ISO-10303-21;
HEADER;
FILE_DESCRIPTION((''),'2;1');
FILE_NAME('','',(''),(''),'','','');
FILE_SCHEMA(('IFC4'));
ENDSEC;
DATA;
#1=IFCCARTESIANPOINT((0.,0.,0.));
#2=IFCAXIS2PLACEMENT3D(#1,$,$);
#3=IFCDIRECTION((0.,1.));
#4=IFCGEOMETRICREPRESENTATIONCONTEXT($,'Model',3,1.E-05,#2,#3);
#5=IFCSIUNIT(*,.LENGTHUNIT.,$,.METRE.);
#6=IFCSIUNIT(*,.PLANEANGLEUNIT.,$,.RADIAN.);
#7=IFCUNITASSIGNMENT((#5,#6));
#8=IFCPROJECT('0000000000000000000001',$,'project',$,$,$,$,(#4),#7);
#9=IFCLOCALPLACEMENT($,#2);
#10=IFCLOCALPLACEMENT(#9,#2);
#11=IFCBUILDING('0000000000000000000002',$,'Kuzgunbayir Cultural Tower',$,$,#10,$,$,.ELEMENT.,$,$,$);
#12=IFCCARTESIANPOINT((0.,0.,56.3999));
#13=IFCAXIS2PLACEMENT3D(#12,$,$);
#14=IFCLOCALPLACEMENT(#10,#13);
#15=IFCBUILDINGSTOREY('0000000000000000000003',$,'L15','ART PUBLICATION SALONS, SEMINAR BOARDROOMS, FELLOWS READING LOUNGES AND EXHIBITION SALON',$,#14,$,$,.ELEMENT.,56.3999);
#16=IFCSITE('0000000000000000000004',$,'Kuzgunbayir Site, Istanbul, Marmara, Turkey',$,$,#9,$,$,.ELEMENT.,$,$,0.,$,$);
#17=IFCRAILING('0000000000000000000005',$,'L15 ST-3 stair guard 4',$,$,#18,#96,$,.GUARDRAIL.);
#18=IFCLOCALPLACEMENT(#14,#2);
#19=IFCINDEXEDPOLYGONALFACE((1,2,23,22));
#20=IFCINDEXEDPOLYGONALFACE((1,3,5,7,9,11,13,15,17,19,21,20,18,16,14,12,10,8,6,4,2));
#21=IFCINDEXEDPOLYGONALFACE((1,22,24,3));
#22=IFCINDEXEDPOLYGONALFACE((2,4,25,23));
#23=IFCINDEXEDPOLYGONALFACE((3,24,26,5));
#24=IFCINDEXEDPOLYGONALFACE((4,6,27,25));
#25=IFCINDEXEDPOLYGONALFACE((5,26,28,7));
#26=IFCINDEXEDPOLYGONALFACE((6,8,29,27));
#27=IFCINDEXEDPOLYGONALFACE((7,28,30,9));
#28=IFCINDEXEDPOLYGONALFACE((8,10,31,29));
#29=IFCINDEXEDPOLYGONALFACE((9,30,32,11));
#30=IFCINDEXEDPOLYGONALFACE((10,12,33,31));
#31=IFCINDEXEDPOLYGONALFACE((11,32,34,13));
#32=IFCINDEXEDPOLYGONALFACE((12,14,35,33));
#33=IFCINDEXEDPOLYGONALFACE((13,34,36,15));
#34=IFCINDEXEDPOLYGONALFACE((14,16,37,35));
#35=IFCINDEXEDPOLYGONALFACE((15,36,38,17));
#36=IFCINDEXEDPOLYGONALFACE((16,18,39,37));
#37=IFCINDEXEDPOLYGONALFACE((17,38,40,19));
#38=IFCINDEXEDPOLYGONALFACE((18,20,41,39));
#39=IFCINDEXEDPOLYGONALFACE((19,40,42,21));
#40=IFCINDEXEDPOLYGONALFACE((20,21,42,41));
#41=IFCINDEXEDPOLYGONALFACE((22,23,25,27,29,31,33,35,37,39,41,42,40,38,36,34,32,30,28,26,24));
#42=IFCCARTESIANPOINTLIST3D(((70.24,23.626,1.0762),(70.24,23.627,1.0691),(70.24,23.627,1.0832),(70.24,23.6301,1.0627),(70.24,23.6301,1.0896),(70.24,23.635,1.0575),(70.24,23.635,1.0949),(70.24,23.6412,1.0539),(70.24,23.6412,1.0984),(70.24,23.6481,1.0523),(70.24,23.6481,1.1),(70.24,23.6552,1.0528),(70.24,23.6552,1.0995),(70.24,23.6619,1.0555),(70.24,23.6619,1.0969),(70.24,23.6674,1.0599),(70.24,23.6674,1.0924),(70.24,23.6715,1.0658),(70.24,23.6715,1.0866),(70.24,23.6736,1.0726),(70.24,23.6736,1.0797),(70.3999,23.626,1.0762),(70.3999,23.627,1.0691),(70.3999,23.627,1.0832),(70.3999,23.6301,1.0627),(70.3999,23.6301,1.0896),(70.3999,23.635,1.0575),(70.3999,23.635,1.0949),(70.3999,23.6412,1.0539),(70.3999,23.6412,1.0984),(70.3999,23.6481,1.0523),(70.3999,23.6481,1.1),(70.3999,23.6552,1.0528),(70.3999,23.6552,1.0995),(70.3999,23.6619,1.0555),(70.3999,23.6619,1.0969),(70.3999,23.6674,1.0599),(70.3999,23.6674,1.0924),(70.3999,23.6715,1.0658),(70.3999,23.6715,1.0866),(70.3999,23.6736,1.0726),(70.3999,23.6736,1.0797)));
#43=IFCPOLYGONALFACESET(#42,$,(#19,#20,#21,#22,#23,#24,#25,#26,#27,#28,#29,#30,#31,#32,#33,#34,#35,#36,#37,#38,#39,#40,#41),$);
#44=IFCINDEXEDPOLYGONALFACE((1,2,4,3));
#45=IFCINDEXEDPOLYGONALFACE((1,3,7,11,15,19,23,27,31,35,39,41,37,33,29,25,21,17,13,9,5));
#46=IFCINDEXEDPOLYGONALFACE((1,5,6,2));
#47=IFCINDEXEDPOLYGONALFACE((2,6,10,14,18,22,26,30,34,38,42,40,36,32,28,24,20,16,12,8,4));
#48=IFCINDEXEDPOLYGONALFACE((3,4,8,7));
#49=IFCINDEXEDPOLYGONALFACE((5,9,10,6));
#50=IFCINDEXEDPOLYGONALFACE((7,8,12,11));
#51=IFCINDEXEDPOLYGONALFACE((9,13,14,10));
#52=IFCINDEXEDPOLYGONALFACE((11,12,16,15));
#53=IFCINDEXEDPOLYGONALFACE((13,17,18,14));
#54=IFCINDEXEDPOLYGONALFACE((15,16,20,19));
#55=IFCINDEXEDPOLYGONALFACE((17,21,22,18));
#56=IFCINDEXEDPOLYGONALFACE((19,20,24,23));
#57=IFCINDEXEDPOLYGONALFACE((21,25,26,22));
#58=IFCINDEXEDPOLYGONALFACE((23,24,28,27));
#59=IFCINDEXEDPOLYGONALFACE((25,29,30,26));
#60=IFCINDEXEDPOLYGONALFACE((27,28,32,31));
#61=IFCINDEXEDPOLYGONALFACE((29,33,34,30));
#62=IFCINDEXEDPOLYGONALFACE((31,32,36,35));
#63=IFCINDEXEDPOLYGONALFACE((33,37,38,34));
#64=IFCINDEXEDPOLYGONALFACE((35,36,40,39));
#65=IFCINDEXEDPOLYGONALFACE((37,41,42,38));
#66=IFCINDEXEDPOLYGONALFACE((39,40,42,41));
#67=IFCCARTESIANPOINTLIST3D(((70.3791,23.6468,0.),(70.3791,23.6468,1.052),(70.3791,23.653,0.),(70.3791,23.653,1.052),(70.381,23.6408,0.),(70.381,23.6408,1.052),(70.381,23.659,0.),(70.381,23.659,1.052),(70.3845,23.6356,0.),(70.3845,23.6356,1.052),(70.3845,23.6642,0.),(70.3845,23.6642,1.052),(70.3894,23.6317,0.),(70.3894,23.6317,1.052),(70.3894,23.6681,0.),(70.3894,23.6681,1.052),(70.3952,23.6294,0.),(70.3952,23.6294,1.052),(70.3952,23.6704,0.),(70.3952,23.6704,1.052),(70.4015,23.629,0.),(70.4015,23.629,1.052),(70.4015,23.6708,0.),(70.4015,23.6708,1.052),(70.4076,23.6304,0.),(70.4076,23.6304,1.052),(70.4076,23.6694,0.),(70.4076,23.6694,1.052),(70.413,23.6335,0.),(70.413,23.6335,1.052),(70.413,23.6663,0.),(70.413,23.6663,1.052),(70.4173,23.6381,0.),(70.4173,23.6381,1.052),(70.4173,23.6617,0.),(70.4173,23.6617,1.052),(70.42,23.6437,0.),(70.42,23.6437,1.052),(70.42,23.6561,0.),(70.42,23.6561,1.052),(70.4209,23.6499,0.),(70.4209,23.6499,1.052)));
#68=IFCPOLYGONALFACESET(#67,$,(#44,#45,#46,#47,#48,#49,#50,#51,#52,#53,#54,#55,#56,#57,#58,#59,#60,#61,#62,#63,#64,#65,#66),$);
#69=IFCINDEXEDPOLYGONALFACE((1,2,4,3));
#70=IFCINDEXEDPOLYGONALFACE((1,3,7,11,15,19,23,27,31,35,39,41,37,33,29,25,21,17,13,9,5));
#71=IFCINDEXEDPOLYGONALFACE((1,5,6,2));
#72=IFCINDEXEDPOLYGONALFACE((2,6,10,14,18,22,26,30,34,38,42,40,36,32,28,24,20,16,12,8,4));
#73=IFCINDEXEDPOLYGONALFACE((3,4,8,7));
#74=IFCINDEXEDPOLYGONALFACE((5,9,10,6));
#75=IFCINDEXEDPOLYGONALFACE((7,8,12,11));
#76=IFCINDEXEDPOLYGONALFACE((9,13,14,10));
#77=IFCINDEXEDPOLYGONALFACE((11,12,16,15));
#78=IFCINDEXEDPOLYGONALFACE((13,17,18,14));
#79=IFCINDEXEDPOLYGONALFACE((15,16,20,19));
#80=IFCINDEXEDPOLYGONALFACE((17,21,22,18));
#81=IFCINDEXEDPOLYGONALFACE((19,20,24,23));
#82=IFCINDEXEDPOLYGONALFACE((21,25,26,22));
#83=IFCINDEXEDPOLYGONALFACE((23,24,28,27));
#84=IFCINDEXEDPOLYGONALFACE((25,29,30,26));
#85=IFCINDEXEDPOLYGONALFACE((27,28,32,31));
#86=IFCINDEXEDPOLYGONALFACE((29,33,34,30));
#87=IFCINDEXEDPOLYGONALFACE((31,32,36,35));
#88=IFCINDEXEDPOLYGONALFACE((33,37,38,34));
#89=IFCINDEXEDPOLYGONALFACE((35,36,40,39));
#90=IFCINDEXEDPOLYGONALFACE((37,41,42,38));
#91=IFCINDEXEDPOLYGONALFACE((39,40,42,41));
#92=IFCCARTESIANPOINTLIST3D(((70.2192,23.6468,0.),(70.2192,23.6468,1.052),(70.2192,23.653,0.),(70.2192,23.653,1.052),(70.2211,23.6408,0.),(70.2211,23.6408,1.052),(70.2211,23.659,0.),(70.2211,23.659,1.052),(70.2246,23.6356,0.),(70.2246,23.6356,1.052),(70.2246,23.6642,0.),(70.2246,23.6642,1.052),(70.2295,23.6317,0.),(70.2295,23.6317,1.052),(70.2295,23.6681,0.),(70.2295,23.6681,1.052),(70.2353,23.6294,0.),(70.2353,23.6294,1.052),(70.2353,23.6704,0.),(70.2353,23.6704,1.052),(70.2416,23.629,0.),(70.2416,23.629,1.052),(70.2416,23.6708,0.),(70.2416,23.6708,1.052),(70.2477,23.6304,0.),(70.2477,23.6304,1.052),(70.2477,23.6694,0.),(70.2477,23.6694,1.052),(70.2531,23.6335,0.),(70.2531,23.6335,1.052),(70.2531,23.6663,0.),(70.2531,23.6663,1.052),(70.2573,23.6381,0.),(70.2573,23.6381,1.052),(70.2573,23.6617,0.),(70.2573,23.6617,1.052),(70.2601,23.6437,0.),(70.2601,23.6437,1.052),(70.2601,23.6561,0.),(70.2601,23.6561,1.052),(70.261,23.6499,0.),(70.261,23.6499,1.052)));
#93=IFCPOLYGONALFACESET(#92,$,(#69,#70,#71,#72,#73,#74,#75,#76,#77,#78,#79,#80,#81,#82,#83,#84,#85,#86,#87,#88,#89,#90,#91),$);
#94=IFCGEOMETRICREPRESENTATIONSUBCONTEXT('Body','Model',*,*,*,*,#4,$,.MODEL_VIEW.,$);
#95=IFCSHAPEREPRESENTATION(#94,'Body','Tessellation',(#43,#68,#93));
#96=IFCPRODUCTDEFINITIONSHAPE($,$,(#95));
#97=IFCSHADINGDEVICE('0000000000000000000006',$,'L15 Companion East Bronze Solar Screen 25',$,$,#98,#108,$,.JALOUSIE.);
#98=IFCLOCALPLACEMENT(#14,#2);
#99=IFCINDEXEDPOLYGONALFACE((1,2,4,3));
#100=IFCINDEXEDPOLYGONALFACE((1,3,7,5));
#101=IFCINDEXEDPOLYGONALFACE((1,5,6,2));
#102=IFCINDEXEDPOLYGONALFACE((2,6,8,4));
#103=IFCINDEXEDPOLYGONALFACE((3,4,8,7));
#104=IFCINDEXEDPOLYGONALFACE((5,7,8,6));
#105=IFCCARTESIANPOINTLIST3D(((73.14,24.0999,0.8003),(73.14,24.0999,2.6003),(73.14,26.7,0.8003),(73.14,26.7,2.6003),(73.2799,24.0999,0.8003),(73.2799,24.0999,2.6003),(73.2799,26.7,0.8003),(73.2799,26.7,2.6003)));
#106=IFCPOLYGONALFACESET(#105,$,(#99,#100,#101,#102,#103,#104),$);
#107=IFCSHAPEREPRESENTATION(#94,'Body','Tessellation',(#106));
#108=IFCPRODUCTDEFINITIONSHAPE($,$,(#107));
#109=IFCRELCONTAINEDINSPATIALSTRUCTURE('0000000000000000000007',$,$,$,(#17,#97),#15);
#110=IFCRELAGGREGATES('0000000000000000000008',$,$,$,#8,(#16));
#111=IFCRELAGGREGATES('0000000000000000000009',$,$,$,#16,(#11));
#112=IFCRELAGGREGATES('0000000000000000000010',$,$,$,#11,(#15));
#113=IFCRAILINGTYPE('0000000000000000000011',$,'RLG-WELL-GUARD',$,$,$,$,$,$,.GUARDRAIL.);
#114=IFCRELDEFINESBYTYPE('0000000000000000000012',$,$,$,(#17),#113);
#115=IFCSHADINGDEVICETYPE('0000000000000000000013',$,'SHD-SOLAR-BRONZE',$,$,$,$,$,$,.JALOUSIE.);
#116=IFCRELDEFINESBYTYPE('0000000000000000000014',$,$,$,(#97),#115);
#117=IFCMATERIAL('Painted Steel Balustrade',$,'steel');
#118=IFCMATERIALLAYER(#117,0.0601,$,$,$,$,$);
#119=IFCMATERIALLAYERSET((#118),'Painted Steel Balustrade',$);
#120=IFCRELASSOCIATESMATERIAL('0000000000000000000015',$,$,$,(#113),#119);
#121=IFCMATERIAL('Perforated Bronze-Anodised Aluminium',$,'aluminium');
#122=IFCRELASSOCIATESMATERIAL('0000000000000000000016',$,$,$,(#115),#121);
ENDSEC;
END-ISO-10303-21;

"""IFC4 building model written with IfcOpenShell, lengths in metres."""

from ifc_helpers import new_model, si_unit, direction, frame, origin, origin_2d, place, context, subcontext, project, spatial, rectangle, circle, extrude, material, layer, layer_set, type_object, element, save


model = new_model("IFC4")

# Units and contexts
model_context = context("Model", 3, precision=1e-05, world=origin(), true_north=direction((0.0, 1.0)))
body_context = subcontext(model_context, "Body", "Model", "MODEL_VIEW")
ifc_project = project(units=[si_unit("LENGTHUNIT", "METRE"), si_unit("PLANEANGLEUNIT", "RADIAN")], contexts=[model_context])

# Site, building, storey
site_placement = place(None, origin())
site = spatial("IfcSite", under=ifc_project, at=site_placement, Name="Kuzgunbayir Site, Istanbul, Marmara, Turkey", CompositionType="ELEMENT", RefElevation=0.0)
building_placement = place(site_placement, origin())
building = spatial("IfcBuilding", under=site, at=building_placement, Name="Kuzgunbayir Cultural Tower", CompositionType="ELEMENT")
storey_placement = place(building_placement, frame((0.0, 0.0, 56.3999)))
storey = spatial("IfcBuildingStorey", under=building, at=storey_placement, Name="L15", Description="ART PUBLICATION SALONS, SEMINAR BOARDROOMS, FELLOWS READING LOUNGES AND EXHIBITION SALON", CompositionType="ELEMENT", Elevation=56.3999)

# Railing
ifc_material_1 = material(Name="Painted Steel Balustrade", Category="steel")
ifc_layer_1 = layer(ifc_material_1, 0.0601)
ifc_layer_set_1 = layer_set([ifc_layer_1], Name="Painted Steel Balustrade")
railing_type_1 = type_object("IfcRailingType", Name="RLG-WELL-GUARD", PredefinedType="GUARDRAIL", material=ifc_layer_set_1)
railing_1_placement = place(storey_placement, frame((70.3999, 23.6499, 0.0)))
element("IfcRailing", 1, at=railing_1_placement, inside=storey, type_object=railing_type_1, Name="L15 ST-3 stair guard 4", PredefinedType="GUARDRAIL", context=body_context, shape_type="SweptSolid", body=[
    extrude(circle(Radius=0.0239, at=origin_2d()), frame((0.0, 0.0, 1.0762), z_axis=(-1.0, 0.0, 0.0), x_axis=(0.0, -1.0, 0.0)), (0.0, 0.0, 1.0), 0.1599),
    extrude(circle(Radius=0.021, at=origin_2d()), origin(), (0.0, 0.0, 1.0), 1.052),
    extrude(circle(Radius=0.021, at=origin_2d()), frame((-0.1599, 0.0, 0.0)), (0.0, 0.0, 1.0), 1.052),
])

# Shading device
ifc_material_2 = material(Name="Perforated Bronze-Anodised Aluminium", Category="aluminium")
shading_device_type = type_object("IfcShadingDeviceType", Name="SHD-SOLAR-BRONZE", PredefinedType="JALOUSIE", material=ifc_material_2)
shading_device_placement = place(storey_placement, frame((73.21, 25.3999, 0.8003), z_axis=(0.0, 0.0, 1.0), x_axis=(1.0, 0.0, 0.0)))
element("IfcShadingDevice", 2, at=shading_device_placement, inside=storey, type_object=shading_device_type, Name="L15 Companion East Bronze Solar Screen 25", PredefinedType="JALOUSIE", context=body_context, shape_type="SweptSolid", body=[
    extrude(rectangle(XDim=0.1399, YDim=2.6001, at=origin_2d()), origin(), (0.0, 0.0, 1.0), 1.8),
])

save(model, "model.ifc")
